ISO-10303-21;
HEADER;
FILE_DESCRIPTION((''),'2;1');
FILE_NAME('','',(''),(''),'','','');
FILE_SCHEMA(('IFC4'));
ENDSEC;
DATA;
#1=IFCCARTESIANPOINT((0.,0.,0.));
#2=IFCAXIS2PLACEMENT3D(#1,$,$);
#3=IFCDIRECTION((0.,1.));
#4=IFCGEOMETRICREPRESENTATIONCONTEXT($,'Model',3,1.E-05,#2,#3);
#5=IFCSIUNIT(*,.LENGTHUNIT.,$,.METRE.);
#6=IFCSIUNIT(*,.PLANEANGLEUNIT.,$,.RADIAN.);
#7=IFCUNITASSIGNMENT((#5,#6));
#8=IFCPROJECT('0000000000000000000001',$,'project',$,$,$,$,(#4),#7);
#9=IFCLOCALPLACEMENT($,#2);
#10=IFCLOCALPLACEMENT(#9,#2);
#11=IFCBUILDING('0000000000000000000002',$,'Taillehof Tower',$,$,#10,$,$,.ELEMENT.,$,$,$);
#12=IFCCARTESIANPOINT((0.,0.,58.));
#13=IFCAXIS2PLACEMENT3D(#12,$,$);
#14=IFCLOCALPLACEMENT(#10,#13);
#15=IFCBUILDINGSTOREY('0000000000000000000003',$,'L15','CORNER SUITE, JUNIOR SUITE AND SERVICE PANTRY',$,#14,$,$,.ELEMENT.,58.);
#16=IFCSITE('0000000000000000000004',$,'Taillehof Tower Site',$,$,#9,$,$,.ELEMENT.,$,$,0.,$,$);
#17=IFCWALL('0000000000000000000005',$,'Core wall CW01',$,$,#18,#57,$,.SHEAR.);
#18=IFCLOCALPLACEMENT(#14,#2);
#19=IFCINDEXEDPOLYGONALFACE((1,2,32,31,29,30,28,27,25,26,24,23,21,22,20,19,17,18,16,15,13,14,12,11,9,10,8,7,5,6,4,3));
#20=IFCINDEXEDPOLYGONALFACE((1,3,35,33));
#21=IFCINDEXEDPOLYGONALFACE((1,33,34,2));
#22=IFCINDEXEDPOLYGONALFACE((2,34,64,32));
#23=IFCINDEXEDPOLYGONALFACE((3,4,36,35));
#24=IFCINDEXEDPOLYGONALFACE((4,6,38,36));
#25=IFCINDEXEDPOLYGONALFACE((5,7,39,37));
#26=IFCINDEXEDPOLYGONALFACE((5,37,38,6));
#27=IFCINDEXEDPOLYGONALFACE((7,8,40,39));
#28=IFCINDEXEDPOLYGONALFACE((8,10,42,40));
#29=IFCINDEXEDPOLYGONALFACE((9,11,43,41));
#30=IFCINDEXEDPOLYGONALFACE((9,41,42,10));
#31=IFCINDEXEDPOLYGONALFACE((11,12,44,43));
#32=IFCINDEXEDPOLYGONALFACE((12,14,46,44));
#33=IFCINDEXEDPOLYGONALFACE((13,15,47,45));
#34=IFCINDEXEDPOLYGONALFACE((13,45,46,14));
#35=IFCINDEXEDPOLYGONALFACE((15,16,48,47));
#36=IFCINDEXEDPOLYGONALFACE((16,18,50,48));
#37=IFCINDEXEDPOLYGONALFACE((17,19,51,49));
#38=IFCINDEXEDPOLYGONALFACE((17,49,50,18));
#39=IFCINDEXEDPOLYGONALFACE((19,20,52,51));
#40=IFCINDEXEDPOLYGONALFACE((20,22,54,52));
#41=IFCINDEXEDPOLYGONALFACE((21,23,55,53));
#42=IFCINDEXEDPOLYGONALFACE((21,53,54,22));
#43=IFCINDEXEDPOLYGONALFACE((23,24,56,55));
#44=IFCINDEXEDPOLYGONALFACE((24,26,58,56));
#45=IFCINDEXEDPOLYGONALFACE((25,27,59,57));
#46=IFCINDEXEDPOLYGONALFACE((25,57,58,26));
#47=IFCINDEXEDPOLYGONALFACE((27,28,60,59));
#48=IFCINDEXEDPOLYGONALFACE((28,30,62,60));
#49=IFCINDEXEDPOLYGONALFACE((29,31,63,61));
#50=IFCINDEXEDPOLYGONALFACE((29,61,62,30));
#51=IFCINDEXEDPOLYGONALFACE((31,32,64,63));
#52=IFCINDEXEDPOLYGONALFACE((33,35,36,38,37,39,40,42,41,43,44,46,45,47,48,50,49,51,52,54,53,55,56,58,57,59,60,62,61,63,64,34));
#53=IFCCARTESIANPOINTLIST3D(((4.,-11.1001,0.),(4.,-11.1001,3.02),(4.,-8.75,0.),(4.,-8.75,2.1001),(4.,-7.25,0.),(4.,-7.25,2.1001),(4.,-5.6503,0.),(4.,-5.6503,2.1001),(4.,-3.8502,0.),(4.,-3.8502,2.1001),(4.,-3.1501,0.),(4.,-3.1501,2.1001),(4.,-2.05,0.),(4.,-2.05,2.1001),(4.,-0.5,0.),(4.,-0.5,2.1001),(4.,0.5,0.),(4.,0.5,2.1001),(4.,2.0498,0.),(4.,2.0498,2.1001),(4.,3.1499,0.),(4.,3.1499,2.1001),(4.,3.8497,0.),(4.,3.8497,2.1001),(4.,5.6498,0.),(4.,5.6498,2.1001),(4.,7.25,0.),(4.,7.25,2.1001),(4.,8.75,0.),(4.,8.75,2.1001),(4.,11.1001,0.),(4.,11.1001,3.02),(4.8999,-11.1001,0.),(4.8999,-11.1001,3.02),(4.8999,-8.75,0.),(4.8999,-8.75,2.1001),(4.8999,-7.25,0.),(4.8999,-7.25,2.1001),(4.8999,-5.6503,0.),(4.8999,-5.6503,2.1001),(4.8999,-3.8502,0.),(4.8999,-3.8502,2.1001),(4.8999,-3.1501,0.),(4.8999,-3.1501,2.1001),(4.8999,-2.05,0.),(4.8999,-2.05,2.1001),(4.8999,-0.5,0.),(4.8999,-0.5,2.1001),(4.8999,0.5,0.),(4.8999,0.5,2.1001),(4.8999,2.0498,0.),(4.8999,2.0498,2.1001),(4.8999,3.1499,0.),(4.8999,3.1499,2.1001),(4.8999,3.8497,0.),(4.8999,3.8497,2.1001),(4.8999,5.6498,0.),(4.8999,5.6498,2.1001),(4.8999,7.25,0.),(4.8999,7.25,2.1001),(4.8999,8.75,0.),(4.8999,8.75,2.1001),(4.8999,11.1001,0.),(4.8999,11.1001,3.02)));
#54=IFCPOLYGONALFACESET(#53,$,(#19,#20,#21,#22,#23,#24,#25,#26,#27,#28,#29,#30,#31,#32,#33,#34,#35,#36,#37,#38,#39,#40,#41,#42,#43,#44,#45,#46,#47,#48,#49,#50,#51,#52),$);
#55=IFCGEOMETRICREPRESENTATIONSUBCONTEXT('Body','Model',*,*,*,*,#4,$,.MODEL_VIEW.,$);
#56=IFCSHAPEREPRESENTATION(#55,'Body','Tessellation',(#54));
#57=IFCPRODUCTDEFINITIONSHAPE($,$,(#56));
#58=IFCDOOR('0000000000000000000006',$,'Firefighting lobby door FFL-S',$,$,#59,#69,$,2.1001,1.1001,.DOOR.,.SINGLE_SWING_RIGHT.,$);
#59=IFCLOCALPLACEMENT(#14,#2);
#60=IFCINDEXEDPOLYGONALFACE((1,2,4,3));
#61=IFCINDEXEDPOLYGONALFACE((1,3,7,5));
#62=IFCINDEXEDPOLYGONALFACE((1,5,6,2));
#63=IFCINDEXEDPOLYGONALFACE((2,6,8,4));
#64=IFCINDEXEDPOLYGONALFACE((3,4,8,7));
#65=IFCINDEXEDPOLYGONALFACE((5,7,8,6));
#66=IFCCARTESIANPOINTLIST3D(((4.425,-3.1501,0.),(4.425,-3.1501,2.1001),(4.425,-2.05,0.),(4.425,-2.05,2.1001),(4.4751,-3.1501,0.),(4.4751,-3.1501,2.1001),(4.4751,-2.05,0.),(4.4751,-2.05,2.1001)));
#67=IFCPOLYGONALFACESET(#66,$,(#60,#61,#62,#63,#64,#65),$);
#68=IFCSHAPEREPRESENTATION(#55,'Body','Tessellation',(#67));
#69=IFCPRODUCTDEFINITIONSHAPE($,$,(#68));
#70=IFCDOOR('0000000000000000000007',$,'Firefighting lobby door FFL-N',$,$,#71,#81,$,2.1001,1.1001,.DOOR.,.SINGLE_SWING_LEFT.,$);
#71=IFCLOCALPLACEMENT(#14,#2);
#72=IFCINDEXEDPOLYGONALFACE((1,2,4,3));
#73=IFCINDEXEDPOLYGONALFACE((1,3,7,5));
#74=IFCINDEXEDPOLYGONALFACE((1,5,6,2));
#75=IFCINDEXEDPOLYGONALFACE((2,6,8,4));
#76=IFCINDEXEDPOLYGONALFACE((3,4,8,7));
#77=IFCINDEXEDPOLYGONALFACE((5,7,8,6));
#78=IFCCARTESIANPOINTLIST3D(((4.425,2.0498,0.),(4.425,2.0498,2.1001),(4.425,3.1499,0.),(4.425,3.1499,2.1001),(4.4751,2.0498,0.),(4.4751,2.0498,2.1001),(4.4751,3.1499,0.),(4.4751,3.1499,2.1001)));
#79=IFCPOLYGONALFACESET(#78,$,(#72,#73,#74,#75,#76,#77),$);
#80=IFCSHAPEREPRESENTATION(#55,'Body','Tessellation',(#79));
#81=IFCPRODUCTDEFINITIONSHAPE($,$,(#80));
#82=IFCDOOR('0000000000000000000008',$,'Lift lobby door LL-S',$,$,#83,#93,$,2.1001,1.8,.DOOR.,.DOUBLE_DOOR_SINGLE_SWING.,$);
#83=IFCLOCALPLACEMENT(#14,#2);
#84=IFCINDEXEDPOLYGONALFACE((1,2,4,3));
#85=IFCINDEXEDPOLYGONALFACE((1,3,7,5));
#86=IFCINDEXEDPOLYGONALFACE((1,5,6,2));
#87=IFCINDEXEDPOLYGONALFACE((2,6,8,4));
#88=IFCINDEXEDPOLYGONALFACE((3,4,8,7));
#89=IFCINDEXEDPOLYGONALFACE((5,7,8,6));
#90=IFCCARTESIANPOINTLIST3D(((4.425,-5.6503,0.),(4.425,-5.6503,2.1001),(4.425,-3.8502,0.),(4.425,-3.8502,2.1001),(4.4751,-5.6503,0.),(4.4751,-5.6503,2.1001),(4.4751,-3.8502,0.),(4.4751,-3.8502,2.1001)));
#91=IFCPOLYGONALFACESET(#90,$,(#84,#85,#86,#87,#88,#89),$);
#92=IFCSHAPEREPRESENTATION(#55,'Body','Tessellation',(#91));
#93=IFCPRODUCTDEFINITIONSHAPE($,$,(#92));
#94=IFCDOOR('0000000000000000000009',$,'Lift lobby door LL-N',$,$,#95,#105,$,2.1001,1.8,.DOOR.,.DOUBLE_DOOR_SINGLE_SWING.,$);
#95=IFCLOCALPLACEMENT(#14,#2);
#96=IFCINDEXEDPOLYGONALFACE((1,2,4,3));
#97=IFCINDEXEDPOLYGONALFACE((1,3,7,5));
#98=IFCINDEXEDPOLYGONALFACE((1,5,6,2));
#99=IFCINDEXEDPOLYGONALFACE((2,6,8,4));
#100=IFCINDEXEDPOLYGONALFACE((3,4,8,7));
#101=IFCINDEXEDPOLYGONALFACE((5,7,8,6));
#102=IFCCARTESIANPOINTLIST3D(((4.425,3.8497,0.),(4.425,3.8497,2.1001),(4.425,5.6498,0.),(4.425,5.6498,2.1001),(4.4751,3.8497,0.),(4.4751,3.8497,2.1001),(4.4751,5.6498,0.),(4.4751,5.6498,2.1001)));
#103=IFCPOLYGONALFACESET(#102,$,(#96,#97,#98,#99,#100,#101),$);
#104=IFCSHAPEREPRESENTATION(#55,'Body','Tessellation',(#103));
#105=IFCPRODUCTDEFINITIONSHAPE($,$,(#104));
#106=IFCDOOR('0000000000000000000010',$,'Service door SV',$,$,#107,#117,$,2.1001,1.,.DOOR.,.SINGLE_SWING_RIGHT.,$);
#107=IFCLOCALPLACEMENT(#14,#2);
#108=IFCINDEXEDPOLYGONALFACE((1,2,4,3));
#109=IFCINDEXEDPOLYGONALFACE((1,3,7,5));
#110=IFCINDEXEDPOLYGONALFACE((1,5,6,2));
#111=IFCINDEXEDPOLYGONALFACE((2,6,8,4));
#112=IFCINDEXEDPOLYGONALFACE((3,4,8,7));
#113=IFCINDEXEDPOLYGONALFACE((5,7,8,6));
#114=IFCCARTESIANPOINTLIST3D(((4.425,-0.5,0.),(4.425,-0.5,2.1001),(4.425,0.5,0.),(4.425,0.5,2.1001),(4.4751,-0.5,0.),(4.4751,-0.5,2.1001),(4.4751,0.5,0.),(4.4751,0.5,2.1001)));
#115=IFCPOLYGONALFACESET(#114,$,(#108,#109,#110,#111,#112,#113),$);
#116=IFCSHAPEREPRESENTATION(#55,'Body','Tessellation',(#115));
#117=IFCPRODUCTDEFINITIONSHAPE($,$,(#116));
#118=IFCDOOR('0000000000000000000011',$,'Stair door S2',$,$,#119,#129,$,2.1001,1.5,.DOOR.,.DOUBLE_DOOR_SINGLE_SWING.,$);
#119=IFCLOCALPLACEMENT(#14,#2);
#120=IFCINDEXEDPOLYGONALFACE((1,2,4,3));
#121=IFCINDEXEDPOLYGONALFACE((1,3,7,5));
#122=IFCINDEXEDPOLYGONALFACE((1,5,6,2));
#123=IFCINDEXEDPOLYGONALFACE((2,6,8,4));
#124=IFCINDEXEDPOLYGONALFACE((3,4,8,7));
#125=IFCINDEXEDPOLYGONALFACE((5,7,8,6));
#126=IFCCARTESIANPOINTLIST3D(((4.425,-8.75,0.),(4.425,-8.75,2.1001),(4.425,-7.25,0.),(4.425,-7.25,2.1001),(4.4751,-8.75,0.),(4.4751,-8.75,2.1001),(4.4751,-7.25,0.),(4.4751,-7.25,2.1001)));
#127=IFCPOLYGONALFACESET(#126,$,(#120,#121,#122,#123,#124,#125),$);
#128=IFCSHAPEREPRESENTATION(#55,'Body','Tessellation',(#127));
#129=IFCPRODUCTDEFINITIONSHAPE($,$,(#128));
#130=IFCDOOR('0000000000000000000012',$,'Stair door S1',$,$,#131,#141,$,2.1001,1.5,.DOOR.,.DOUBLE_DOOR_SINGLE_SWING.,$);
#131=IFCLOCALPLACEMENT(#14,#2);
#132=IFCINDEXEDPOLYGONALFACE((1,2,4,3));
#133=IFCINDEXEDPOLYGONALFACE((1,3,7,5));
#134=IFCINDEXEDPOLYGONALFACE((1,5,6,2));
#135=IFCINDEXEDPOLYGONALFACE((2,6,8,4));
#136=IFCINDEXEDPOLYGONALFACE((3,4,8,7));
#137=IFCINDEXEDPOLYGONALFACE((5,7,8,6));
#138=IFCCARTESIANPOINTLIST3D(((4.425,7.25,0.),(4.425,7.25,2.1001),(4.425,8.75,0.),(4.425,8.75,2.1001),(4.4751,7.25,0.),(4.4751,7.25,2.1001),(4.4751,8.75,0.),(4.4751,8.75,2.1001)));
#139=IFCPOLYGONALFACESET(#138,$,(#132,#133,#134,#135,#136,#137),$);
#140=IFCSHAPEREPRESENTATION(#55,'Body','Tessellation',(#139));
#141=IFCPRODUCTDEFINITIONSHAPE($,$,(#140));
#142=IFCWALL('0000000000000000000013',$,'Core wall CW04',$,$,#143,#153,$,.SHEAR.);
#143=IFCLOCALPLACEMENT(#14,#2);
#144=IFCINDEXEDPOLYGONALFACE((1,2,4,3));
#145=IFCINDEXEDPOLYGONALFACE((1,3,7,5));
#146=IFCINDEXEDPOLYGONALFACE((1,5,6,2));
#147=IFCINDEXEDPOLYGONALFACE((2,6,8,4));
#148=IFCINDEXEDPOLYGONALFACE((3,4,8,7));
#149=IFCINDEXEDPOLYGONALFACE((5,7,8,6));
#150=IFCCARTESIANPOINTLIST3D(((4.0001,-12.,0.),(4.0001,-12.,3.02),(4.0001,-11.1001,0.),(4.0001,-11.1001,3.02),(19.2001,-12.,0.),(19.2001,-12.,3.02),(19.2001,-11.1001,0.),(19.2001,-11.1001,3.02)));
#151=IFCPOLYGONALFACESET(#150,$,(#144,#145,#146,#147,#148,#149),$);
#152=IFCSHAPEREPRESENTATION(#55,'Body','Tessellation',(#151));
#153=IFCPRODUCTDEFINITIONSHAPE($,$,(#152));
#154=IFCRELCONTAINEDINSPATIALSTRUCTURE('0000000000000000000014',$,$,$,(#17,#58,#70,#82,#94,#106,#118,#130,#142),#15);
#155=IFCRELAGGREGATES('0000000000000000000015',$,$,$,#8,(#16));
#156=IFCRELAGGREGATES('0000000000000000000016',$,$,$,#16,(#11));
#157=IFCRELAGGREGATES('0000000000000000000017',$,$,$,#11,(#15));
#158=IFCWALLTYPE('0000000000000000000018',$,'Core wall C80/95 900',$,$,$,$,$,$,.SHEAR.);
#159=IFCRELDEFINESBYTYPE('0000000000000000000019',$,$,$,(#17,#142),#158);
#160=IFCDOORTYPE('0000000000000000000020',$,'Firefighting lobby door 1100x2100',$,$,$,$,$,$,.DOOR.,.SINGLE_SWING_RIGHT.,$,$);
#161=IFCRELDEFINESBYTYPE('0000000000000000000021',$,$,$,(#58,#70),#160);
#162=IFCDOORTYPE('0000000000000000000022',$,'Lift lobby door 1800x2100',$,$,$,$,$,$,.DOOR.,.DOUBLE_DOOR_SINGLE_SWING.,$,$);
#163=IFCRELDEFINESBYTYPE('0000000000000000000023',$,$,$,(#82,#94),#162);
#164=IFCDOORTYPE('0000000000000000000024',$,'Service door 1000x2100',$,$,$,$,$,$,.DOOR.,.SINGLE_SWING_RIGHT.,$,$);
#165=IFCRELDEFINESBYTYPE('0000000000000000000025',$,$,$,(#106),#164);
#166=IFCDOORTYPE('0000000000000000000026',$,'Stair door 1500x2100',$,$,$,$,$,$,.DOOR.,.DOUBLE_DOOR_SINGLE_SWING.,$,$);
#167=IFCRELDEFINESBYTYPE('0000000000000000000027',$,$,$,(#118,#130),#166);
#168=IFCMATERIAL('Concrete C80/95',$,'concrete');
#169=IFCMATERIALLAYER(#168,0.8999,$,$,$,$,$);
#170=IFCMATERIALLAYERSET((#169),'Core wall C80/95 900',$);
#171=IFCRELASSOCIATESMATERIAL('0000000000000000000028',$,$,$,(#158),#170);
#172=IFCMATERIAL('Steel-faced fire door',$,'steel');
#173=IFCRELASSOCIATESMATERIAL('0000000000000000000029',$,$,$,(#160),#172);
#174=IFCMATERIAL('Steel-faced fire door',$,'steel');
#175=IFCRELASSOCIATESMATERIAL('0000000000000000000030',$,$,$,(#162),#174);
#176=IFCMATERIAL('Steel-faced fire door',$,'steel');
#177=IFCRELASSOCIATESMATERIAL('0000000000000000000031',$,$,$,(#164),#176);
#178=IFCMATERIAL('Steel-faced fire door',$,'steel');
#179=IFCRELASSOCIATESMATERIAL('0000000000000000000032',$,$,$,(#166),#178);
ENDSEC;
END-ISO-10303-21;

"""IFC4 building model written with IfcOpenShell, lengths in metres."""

from ifc_helpers import new_model, si_unit, direction, frame, frame_2d, origin, place, context, subcontext, project, spatial, rectangle, extrude, material, layer, layer_set, type_object, element, fill, save


model = new_model("IFC4")

# Units and contexts
model_context = context("Model", 3, precision=1e-05, world=origin(), true_north=direction((0.0, 1.0)))
body_context = subcontext(model_context, "Body", "Model", "MODEL_VIEW")
ifc_project = project(units=[si_unit("LENGTHUNIT", "METRE"), si_unit("PLANEANGLEUNIT", "RADIAN")], contexts=[model_context])

# Site, building, storey
site_placement = place(None, origin())
site = spatial("IfcSite", under=ifc_project, at=site_placement, Name="Taillehof Tower Site", CompositionType="ELEMENT", RefElevation=0.0)
building_placement = place(site_placement, origin())
building = spatial("IfcBuilding", under=site, at=building_placement, Name="Taillehof Tower", CompositionType="ELEMENT")
storey_placement = place(building_placement, frame((0.0, 0.0, 58.0)))
storey = spatial("IfcBuildingStorey", under=building, at=storey_placement, Name="L15", Description="CORNER SUITE, JUNIOR SUITE AND SERVICE PANTRY", CompositionType="ELEMENT", Elevation=58.0)

# Wall, openings, doors
ifc_material_1 = material(Name="Concrete C80/95", Category="concrete")
ifc_layer_1 = layer(ifc_material_1, 0.8999)
ifc_layer_set_1 = layer_set([ifc_layer_1], Name="Core wall C80/95 900")
wall_type_1 = type_object("IfcWallType", Name="Core wall C80/95 900", PredefinedType="SHEAR", material=ifc_layer_set_1)
wall_1_placement = place(storey_placement, frame((4.45, -11.1001, 0.0), z_axis=(0.0, 0.0, 1.0), x_axis=(0.0, 1.0, 0.0)))
wall_1 = element("IfcWall", 1, at=wall_1_placement, inside=storey, type_object=wall_type_1, Name="Core wall CW01", PredefinedType="SHEAR", context=body_context, shape_type="SweptSolid", body=[
    extrude(rectangle(XDim=22.2002, YDim=0.8999, at=frame_2d((11.1001, 0.0))), origin(), (0.0, 0.0, 1.0), 3.02),
])
opening_1_placement = place(wall_1_placement, frame((2.3501, 0.0, 0.0)))
opening_1 = element("IfcOpeningElement", 2, at=opening_1_placement, cuts=wall_1, PredefinedType="OPENING", context=body_context, shape_type="SweptSolid", body=[
    extrude(rectangle(XDim=1.5, YDim=2.1001, at=frame_2d((0.75, 1.05))), frame((0.0, 0.46, 0.0), z_axis=(0.0, -1.0, 0.0), x_axis=(1.0, 0.0, 0.0)), (0.0, 0.0, 1.0), 0.9199),
])
opening_2_placement = place(wall_1_placement, frame((5.45, 0.0, 0.0)))
opening_2 = element("IfcOpeningElement", 3, at=opening_2_placement, cuts=wall_1, PredefinedType="OPENING", context=body_context, shape_type="SweptSolid", body=[
    extrude(rectangle(XDim=1.8, YDim=2.1001, at=frame_2d((0.8999, 1.05))), frame((0.0, 0.46, 0.0), z_axis=(0.0, -1.0, 0.0), x_axis=(1.0, 0.0, 0.0)), (0.0, 0.0, 1.0), 0.9199),
])
opening_3_placement = place(wall_1_placement, frame((7.95, 0.0, 0.0)))
opening_3 = element("IfcOpeningElement", 4, at=opening_3_placement, cuts=wall_1, PredefinedType="OPENING", context=body_context, shape_type="SweptSolid", body=[
    extrude(rectangle(XDim=1.1001, YDim=2.1001, at=frame_2d((0.55, 1.05))), frame((0.0, 0.46, 0.0), z_axis=(0.0, -1.0, 0.0), x_axis=(1.0, 0.0, 0.0)), (0.0, 0.0, 1.0), 0.9199),
])
opening_4_placement = place(wall_1_placement, frame((10.6001, 0.0, 0.0)))
opening_4 = element("IfcOpeningElement", 5, at=opening_4_placement, cuts=wall_1, PredefinedType="OPENING", context=body_context, shape_type="SweptSolid", body=[
    extrude(rectangle(XDim=1.0, YDim=2.1001, at=frame_2d((0.5, 1.05))), frame((0.0, 0.46, 0.0), z_axis=(0.0, -1.0, 0.0), x_axis=(1.0, 0.0, 0.0)), (0.0, 0.0, 1.0), 0.9199),
])
opening_5_placement = place(wall_1_placement, frame((13.1499, 0.0, 0.0)))
opening_5 = element("IfcOpeningElement", 6, at=opening_5_placement, cuts=wall_1, PredefinedType="OPENING", context=body_context, shape_type="SweptSolid", body=[
    extrude(rectangle(XDim=1.1001, YDim=2.1001, at=frame_2d((0.55, 1.05))), frame((0.0, 0.46, 0.0), z_axis=(0.0, -1.0, 0.0), x_axis=(1.0, 0.0, 0.0)), (0.0, 0.0, 1.0), 0.9199),
])
opening_6_placement = place(wall_1_placement, frame((14.95, 0.0, 0.0)))
opening_6 = element("IfcOpeningElement", 7, at=opening_6_placement, cuts=wall_1, PredefinedType="OPENING", context=body_context, shape_type="SweptSolid", body=[
    extrude(rectangle(XDim=1.8, YDim=2.1001, at=frame_2d((0.8999, 1.05))), frame((0.0, 0.46, 0.0), z_axis=(0.0, -1.0, 0.0), x_axis=(1.0, 0.0, 0.0)), (0.0, 0.0, 1.0), 0.9199),
])
opening_7_placement = place(wall_1_placement, frame((18.3501, 0.0, 0.0)))
opening_7 = element("IfcOpeningElement", 8, at=opening_7_placement, cuts=wall_1, PredefinedType="OPENING", context=body_context, shape_type="SweptSolid", body=[
    extrude(rectangle(XDim=1.5, YDim=2.1001, at=frame_2d((0.75, 1.05))), frame((0.0, 0.46, 0.0), z_axis=(0.0, -1.0, 0.0), x_axis=(1.0, 0.0, 0.0)), (0.0, 0.0, 1.0), 0.9199),
])
ifc_material_2 = material(Name="Steel-faced fire door", Category="steel")
door_type_1 = type_object("IfcDoorType", Name="Firefighting lobby door 1100x2100", OperationType="SINGLE_SWING_RIGHT", PredefinedType="DOOR", material=ifc_material_2)
door_1_placement = place(opening_3_placement, origin())
door_1 = element("IfcDoor", 9, at=door_1_placement, inside=storey, type_object=door_type_1, Name="Firefighting lobby door FFL-S", OperationType="SINGLE_SWING_RIGHT", OverallHeight=2.1001, OverallWidth=1.1001, PredefinedType="DOOR", context=body_context, shape_type="SweptSolid", body=[
    extrude(rectangle(XDim=1.1001, YDim=2.1001, at=frame_2d((0.55, 1.05))), frame((0.0, 0.0249, 0.0), z_axis=(0.0, -1.0, 0.0), x_axis=(1.0, 0.0, 0.0)), (0.0, 0.0, 1.0), 0.05),
])
fill(opening_3, door_1)
door_2_placement = place(opening_5_placement, origin())
door_2 = element("IfcDoor", 10, at=door_2_placement, inside=storey, type_object=door_type_1, Name="Firefighting lobby door FFL-N", OperationType="SINGLE_SWING_LEFT", OverallHeight=2.1001, OverallWidth=1.1001, PredefinedType="DOOR", context=body_context, shape_type="SweptSolid", body=[
    extrude(rectangle(XDim=1.1001, YDim=2.1001, at=frame_2d((0.55, 1.05))), frame((0.0, 0.0249, 0.0), z_axis=(0.0, -1.0, 0.0), x_axis=(1.0, 0.0, 0.0)), (0.0, 0.0, 1.0), 0.05),
])
fill(opening_5, door_2)
ifc_material_3 = material(Name="Steel-faced fire door", Category="steel")
door_type_2 = type_object("IfcDoorType", Name="Lift lobby door 1800x2100", OperationType="DOUBLE_DOOR_SINGLE_SWING", PredefinedType="DOOR", material=ifc_material_3)
door_3_placement = place(opening_2_placement, origin())
door_3 = element("IfcDoor", 11, at=door_3_placement, inside=storey, type_object=door_type_2, Name="Lift lobby door LL-S", OperationType="DOUBLE_DOOR_SINGLE_SWING", OverallHeight=2.1001, OverallWidth=1.8, PredefinedType="DOOR", context=body_context, shape_type="SweptSolid", body=[
    extrude(rectangle(XDim=1.8, YDim=2.1001, at=frame_2d((0.8999, 1.05))), frame((0.0, 0.0249, 0.0), z_axis=(0.0, -1.0, 0.0), x_axis=(1.0, 0.0, 0.0)), (0.0, 0.0, 1.0), 0.05),
])
fill(opening_2, door_3)
door_4_placement = place(opening_6_placement, origin())
door_4 = element("IfcDoor", 12, at=door_4_placement, inside=storey, type_object=door_type_2, Name="Lift lobby door LL-N", OperationType="DOUBLE_DOOR_SINGLE_SWING", OverallHeight=2.1001, OverallWidth=1.8, PredefinedType="DOOR", context=body_context, shape_type="SweptSolid", body=[
    extrude(rectangle(XDim=1.8, YDim=2.1001, at=frame_2d((0.8999, 1.05))), frame((0.0, 0.0249, 0.0), z_axis=(0.0, -1.0, 0.0), x_axis=(1.0, 0.0, 0.0)), (0.0, 0.0, 1.0), 0.05),
])
fill(opening_6, door_4)
ifc_material_4 = material(Name="Steel-faced fire door", Category="steel")
door_type_3 = type_object("IfcDoorType", Name="Service door 1000x2100", OperationType="SINGLE_SWING_RIGHT", PredefinedType="DOOR", material=ifc_material_4)
door_5_placement = place(opening_4_placement, origin())
door_5 = element("IfcDoor", 13, at=door_5_placement, inside=storey, type_object=door_type_3, Name="Service door SV", OperationType="SINGLE_SWING_RIGHT", OverallHeight=2.1001, OverallWidth=1.0, PredefinedType="DOOR", context=body_context, shape_type="SweptSolid", body=[
    extrude(rectangle(XDim=1.0, YDim=2.1001, at=frame_2d((0.5, 1.05))), frame((0.0, 0.0249, 0.0), z_axis=(0.0, -1.0, 0.0), x_axis=(1.0, 0.0, 0.0)), (0.0, 0.0, 1.0), 0.05),
])
fill(opening_4, door_5)
ifc_material_5 = material(Name="Steel-faced fire door", Category="steel")
door_type_4 = type_object("IfcDoorType", Name="Stair door 1500x2100", OperationType="DOUBLE_DOOR_SINGLE_SWING", PredefinedType="DOOR", material=ifc_material_5)
door_6_placement = place(opening_1_placement, origin())
door_6 = element("IfcDoor", 14, at=door_6_placement, inside=storey, type_object=door_type_4, Name="Stair door S2", OperationType="DOUBLE_DOOR_SINGLE_SWING", OverallHeight=2.1001, OverallWidth=1.5, PredefinedType="DOOR", context=body_context, shape_type="SweptSolid", body=[
    extrude(rectangle(XDim=1.5, YDim=2.1001, at=frame_2d((0.75, 1.05))), frame((0.0, 0.0249, 0.0), z_axis=(0.0, -1.0, 0.0), x_axis=(1.0, 0.0, 0.0)), (0.0, 0.0, 1.0), 0.05),
])
fill(opening_1, door_6)
door_7_placement = place(opening_7_placement, origin())
door_7 = element("IfcDoor", 15, at=door_7_placement, inside=storey, type_object=door_type_4, Name="Stair door S1", OperationType="DOUBLE_DOOR_SINGLE_SWING", OverallHeight=2.1001, OverallWidth=1.5, PredefinedType="DOOR", context=body_context, shape_type="SweptSolid", body=[
    extrude(rectangle(XDim=1.5, YDim=2.1001, at=frame_2d((0.75, 1.05))), frame((0.0, 0.0249, 0.0), z_axis=(0.0, -1.0, 0.0), x_axis=(1.0, 0.0, 0.0)), (0.0, 0.0, 1.0), 0.05),
])
fill(opening_7, door_7)

# Wall
wall_2_placement = place(storey_placement, frame((4.0, -11.55, 0.0), z_axis=(0.0, 0.0, 1.0), x_axis=(1.0, 0.0, 0.0)))
element("IfcWall", 16, at=wall_2_placement, inside=storey, type_object=wall_type_1, Name="Core wall CW04", PredefinedType="SHEAR", context=body_context, shape_type="SweptSolid", body=[
    extrude(rectangle(XDim=15.2, YDim=0.8999, at=frame_2d((7.6001, 0.0))), origin(), (0.0, 0.0, 1.0), 3.02),
])

save(model, "model.ifc")
